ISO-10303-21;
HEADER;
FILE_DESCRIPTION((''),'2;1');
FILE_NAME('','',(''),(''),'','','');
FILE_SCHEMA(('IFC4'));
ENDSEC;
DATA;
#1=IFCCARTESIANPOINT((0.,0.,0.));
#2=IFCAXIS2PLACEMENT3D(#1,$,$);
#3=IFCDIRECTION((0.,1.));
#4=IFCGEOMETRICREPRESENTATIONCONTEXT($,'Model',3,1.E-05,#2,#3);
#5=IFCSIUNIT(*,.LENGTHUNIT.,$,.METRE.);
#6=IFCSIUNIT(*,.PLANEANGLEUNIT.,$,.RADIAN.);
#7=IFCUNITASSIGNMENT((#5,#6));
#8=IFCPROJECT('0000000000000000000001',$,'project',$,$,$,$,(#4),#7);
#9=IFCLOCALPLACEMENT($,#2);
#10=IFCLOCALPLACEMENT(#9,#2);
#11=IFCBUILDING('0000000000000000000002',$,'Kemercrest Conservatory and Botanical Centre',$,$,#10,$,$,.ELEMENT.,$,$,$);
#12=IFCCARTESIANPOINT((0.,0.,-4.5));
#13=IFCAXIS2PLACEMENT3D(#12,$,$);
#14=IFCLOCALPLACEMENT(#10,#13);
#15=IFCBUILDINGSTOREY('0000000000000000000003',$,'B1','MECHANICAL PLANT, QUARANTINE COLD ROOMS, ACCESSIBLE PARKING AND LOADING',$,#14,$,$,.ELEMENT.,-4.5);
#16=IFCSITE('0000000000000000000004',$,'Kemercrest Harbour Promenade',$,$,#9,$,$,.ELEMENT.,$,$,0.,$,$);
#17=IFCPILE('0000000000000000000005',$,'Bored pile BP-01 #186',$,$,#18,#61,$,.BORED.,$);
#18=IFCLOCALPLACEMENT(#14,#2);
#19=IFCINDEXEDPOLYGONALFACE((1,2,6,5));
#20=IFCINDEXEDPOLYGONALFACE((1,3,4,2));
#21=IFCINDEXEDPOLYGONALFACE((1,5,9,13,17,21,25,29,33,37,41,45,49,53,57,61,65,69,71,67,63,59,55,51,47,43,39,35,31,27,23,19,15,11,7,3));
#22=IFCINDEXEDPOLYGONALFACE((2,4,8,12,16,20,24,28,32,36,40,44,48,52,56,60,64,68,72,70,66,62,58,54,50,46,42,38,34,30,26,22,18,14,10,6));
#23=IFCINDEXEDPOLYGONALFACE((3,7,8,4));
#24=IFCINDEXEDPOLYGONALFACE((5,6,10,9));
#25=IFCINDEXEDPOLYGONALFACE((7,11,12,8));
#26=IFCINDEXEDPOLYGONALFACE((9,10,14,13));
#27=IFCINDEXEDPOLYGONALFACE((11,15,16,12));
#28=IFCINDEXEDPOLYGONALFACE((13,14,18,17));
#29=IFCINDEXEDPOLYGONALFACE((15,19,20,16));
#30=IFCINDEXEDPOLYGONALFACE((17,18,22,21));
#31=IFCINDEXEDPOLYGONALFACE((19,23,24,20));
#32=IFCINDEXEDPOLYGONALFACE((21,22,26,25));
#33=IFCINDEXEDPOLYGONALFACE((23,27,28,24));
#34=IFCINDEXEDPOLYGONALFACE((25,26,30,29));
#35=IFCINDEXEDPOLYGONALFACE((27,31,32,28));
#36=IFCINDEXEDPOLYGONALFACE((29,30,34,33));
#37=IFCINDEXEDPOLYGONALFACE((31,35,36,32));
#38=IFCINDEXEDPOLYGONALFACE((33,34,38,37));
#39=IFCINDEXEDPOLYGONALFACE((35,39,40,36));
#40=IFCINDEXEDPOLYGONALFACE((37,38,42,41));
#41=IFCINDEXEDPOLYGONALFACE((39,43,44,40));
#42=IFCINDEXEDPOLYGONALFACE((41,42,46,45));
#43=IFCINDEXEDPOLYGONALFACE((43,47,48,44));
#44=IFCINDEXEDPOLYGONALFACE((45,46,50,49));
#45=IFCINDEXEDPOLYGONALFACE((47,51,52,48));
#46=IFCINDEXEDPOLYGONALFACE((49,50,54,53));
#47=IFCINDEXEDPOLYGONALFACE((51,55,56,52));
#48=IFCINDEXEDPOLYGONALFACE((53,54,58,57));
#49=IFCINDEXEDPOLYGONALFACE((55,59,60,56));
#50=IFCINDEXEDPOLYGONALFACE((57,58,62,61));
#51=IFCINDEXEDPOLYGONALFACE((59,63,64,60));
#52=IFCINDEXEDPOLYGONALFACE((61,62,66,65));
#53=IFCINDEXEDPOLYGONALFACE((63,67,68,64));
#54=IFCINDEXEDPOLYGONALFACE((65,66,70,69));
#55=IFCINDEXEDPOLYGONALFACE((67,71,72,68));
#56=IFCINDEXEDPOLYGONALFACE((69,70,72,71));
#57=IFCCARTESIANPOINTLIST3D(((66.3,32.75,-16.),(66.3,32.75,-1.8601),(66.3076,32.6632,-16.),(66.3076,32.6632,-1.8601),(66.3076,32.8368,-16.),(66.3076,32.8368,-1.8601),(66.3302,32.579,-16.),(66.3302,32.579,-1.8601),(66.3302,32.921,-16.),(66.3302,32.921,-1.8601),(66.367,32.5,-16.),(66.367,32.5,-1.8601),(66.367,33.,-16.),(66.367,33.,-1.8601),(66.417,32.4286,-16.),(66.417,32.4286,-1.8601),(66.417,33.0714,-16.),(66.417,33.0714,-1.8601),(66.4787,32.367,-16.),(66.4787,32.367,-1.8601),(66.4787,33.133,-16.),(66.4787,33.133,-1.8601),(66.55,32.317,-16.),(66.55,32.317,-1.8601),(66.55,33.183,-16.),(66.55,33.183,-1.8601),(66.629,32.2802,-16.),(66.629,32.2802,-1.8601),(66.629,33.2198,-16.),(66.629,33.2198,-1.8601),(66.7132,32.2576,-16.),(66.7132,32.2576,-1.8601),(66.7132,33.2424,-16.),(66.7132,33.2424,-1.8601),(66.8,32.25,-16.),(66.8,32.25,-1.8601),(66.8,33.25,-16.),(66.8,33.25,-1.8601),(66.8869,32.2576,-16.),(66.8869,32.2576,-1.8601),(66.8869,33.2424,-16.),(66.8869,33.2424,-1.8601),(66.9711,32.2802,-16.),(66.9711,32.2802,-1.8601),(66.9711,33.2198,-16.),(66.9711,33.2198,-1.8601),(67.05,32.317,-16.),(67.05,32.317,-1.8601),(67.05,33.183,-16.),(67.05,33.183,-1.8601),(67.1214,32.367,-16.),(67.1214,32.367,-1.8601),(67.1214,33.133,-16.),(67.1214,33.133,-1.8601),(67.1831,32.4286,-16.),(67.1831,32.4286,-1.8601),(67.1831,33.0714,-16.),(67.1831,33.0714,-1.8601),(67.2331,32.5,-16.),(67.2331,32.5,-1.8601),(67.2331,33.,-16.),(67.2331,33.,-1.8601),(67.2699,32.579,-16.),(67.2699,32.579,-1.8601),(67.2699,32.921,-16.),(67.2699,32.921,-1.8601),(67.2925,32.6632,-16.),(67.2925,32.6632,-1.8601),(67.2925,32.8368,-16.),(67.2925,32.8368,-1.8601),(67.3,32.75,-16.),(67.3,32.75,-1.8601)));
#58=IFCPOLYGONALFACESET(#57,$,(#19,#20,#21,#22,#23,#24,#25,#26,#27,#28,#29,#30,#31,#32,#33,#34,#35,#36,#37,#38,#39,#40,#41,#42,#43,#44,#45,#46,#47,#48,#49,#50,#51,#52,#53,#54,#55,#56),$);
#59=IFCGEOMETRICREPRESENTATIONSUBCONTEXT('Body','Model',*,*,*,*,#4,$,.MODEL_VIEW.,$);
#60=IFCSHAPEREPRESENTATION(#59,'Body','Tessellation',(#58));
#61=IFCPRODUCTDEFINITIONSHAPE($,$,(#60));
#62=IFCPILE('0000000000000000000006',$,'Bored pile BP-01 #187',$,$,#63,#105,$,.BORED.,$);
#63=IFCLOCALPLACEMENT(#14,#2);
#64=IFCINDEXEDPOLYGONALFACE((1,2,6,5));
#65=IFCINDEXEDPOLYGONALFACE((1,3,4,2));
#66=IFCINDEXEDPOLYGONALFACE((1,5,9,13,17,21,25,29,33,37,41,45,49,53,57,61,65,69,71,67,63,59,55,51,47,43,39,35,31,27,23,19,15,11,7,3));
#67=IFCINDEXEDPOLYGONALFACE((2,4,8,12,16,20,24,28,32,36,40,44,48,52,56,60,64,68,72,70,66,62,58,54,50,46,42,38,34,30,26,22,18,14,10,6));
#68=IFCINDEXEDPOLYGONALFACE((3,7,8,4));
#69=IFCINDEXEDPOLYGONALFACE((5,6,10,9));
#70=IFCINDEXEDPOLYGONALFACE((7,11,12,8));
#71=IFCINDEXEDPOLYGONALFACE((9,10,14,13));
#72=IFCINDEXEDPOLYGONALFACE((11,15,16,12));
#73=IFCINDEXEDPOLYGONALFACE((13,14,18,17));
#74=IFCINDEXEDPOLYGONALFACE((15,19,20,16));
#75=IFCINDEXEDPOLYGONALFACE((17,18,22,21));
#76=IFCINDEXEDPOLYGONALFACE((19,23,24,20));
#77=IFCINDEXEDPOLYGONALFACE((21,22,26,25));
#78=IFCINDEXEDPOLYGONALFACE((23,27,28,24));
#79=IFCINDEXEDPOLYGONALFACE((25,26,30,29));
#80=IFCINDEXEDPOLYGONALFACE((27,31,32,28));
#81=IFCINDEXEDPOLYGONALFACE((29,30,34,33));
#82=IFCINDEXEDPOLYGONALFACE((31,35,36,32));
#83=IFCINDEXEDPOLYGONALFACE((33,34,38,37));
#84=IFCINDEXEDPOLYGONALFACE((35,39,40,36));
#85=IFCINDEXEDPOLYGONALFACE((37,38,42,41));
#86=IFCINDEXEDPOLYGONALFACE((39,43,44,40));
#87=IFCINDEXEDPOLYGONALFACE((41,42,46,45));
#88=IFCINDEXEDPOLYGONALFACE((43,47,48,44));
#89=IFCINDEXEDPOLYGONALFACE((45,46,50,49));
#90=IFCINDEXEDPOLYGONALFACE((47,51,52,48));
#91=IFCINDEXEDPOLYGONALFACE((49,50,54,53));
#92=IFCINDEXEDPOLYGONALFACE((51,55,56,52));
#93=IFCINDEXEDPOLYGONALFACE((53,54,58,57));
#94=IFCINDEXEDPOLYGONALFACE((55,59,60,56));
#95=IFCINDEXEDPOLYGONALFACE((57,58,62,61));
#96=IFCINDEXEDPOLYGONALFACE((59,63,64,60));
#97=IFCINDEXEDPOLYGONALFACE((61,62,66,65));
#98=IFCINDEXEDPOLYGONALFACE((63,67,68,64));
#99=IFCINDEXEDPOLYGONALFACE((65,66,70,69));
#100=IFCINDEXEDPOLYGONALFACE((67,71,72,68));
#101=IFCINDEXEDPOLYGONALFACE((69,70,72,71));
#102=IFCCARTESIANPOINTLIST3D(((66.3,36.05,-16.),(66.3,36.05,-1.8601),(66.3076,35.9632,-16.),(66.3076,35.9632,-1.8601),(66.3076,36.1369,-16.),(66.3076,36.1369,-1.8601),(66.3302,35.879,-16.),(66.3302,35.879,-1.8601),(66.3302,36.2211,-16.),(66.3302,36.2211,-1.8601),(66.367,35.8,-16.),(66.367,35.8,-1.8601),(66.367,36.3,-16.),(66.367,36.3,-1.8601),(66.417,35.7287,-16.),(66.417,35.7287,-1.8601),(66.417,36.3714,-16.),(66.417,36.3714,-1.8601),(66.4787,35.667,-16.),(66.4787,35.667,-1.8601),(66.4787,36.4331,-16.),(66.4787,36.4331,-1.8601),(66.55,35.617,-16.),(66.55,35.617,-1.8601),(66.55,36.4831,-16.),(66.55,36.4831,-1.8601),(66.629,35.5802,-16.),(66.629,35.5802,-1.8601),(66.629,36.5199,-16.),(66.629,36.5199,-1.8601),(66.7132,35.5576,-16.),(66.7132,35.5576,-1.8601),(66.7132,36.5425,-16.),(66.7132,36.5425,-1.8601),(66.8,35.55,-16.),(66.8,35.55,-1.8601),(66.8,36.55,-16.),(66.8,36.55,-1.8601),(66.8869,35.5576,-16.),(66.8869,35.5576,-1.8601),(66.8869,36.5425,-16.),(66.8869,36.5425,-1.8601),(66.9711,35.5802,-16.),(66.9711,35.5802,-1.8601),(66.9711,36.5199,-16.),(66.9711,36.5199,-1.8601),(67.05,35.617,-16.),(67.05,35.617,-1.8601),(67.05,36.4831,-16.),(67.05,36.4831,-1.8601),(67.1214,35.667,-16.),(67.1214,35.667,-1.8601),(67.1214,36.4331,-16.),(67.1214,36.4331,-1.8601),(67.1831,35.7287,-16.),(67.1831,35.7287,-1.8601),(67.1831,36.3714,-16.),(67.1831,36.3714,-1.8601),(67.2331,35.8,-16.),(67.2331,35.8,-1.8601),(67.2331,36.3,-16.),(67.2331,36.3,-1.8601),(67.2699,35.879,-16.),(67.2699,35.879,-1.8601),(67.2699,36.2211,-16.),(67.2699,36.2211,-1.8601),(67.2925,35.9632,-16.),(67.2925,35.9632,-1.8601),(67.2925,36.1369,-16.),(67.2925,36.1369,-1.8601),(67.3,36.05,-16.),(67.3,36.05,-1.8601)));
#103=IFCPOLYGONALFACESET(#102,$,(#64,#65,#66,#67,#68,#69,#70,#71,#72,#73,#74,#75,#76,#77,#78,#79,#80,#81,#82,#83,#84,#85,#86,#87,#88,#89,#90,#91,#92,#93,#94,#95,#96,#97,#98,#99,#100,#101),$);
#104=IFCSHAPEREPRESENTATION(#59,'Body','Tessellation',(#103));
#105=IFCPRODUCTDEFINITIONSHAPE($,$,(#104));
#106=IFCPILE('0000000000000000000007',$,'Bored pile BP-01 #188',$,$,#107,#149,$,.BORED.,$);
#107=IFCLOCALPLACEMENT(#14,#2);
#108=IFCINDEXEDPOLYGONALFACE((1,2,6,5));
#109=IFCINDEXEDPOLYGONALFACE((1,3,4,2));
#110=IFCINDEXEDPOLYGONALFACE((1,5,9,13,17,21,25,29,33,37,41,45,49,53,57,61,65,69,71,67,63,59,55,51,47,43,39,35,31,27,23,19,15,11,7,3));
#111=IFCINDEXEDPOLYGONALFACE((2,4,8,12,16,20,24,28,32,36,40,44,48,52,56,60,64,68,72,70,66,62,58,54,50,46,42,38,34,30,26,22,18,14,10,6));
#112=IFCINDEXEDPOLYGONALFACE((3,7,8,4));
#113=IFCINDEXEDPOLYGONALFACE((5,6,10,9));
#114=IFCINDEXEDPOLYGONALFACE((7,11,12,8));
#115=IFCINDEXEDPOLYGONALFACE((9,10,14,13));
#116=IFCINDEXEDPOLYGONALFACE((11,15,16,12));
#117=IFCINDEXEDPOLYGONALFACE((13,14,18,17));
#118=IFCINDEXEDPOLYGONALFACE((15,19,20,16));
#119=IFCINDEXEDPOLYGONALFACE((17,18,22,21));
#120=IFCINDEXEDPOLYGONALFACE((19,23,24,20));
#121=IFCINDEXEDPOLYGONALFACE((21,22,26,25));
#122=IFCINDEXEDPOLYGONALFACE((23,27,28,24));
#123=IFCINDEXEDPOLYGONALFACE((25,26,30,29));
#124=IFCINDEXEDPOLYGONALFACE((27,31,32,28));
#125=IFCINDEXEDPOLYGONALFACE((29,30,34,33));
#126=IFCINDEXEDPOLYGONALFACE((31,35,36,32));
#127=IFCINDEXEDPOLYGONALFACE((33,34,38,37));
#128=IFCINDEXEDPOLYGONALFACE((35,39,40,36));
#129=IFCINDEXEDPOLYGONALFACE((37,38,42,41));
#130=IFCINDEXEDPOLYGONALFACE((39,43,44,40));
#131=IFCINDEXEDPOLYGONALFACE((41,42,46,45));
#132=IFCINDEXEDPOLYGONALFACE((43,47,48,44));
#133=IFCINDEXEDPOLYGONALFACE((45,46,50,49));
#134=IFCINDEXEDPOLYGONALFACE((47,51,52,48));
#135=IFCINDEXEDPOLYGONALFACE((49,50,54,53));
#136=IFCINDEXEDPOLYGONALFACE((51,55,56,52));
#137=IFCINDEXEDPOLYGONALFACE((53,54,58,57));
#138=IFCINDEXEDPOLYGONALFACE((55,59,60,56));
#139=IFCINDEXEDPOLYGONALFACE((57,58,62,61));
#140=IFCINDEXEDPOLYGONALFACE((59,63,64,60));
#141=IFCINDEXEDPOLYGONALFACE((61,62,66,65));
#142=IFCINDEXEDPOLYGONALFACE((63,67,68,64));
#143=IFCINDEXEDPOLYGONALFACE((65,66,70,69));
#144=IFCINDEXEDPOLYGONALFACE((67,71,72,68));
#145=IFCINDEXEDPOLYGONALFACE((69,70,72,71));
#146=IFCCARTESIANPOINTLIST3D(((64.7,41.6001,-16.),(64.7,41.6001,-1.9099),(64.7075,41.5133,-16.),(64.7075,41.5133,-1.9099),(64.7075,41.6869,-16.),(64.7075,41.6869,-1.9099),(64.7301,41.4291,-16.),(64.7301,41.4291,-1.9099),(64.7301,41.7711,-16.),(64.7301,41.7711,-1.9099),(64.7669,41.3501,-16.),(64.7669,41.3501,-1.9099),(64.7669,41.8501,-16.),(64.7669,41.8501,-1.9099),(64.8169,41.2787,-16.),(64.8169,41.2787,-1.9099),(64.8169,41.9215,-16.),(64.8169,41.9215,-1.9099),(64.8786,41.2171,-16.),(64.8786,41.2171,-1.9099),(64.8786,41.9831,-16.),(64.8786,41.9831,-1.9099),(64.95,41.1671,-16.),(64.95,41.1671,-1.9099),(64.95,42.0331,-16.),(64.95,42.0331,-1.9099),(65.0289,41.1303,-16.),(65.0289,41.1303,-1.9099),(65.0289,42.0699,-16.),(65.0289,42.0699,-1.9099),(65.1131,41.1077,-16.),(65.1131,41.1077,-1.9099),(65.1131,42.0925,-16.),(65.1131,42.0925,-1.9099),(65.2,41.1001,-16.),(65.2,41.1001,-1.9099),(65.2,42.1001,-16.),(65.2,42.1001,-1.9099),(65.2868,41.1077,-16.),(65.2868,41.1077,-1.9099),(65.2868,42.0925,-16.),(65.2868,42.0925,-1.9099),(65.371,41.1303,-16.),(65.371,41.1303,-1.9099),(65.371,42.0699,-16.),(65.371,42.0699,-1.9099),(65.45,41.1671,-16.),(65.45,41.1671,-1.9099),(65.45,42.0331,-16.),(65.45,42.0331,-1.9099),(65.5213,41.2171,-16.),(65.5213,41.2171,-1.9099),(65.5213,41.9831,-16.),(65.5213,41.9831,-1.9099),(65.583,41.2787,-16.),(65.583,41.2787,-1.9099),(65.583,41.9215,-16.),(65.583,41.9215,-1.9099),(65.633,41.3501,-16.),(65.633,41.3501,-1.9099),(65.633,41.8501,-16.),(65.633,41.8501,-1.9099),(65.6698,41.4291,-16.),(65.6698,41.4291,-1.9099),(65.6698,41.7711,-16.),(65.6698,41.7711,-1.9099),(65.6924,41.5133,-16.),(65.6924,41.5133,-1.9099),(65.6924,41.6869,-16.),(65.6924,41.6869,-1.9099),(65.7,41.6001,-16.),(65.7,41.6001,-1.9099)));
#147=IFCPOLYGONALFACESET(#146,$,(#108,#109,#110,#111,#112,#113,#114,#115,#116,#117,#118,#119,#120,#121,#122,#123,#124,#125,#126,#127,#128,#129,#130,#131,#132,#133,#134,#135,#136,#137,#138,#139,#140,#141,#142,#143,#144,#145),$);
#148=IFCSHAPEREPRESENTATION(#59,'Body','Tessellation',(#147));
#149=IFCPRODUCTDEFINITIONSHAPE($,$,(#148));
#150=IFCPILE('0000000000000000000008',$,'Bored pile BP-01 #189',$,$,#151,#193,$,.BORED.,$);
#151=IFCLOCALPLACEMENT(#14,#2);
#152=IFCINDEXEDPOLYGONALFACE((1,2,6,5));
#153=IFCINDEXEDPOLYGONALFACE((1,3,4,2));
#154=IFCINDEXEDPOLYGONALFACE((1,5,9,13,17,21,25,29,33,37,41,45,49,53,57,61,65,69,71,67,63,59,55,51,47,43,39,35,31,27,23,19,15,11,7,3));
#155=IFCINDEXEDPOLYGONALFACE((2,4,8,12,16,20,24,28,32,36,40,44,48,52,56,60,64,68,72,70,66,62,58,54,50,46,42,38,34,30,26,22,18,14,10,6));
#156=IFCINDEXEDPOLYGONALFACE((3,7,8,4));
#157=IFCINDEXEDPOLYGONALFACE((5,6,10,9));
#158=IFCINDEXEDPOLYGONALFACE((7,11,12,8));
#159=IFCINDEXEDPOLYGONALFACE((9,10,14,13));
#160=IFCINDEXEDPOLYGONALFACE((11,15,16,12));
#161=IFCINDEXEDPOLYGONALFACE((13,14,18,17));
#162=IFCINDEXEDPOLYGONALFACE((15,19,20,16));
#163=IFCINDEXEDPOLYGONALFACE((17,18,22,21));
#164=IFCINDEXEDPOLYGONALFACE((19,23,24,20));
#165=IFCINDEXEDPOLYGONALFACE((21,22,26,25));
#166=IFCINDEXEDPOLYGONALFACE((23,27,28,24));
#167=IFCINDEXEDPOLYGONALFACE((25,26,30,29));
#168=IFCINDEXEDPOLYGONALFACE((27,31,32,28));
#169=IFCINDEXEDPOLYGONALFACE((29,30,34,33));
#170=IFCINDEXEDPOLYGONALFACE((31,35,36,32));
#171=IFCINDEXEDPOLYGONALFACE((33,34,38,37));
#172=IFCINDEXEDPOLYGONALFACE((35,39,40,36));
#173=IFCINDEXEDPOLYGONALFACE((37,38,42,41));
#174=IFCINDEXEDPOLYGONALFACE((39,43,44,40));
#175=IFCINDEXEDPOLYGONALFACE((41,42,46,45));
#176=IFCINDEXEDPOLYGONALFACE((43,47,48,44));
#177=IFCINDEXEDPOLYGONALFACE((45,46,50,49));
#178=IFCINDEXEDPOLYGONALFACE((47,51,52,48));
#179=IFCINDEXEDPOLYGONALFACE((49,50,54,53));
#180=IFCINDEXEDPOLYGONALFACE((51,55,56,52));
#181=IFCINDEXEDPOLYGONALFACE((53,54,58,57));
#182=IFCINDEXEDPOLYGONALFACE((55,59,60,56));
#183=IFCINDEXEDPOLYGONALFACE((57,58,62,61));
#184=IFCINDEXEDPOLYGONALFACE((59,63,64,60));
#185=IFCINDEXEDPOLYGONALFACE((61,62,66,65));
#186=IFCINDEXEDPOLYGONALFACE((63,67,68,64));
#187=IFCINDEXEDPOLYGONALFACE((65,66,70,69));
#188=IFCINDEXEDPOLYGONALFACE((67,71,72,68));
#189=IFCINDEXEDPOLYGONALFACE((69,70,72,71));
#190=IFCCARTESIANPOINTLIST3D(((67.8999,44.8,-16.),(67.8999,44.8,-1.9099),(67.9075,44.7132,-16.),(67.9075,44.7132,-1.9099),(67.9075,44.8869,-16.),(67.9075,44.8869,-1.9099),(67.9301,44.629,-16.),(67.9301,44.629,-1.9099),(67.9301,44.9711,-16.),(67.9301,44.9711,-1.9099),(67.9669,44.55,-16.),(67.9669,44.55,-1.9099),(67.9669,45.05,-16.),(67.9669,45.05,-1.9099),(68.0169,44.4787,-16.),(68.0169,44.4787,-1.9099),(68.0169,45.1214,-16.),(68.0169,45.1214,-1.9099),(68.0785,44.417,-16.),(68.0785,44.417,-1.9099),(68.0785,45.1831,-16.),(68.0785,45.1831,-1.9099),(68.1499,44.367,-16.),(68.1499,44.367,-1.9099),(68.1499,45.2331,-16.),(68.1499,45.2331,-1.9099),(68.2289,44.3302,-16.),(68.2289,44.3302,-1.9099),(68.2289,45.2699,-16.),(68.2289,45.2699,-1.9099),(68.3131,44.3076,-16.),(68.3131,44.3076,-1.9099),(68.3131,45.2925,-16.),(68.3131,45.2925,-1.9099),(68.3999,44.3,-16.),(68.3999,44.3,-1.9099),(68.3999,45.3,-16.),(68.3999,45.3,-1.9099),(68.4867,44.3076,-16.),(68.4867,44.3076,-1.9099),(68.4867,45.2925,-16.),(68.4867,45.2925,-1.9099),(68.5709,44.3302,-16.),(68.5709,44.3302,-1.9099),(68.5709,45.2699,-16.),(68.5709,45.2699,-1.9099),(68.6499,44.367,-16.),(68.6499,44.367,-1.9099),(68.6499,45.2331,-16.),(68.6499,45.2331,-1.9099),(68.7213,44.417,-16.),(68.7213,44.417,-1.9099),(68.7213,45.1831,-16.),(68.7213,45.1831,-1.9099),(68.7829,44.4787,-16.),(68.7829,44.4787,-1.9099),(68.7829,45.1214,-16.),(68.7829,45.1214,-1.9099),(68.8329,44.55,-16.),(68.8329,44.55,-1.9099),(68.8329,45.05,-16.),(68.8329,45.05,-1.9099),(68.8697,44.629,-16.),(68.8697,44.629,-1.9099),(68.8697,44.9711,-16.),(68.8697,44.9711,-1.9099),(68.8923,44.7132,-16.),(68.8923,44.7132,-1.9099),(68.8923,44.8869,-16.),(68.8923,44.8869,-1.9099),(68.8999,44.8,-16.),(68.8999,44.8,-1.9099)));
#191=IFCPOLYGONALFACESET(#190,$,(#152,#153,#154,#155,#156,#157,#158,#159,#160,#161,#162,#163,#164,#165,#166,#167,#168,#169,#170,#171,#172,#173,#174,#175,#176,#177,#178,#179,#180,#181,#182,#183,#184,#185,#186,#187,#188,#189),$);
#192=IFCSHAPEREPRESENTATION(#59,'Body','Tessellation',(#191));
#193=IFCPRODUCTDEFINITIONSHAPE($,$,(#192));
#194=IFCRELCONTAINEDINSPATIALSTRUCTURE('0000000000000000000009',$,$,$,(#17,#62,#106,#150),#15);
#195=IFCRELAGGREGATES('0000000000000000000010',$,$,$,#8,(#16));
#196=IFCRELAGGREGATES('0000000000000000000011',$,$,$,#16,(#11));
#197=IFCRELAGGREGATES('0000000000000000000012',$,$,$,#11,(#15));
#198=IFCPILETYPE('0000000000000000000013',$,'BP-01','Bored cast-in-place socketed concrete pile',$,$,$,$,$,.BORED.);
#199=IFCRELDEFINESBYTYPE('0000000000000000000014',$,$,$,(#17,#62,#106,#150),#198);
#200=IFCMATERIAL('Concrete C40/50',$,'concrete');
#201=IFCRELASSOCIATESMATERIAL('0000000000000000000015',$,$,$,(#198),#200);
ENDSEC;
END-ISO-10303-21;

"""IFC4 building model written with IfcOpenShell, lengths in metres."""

from ifc_helpers import new_model, si_unit, direction, frame, origin, origin_2d, place, context, subcontext, project, spatial, circle, extrude, material, material_profile, profile_set, type_object, element, save


model = new_model("IFC4")

# Units and contexts
model_context = context("Model", 3, precision=1e-05, world=origin(), true_north=direction((0.0, 1.0)))
body_context = subcontext(model_context, "Body", "Model", "MODEL_VIEW")
ifc_project = project(units=[si_unit("LENGTHUNIT", "METRE"), si_unit("PLANEANGLEUNIT", "RADIAN")], contexts=[model_context])

# Site, building, storey
site_placement = place(None, origin())
site = spatial("IfcSite", under=ifc_project, at=site_placement, Name="Kemercrest Harbour Promenade", CompositionType="ELEMENT", RefElevation=0.0)
building_placement = place(site_placement, origin())
building = spatial("IfcBuilding", under=site, at=building_placement, Name="Kemercrest Conservatory and Botanical Centre", CompositionType="ELEMENT")
storey_placement = place(building_placement, frame((0.0, 0.0, -4.5)))
storey = spatial("IfcBuildingStorey", under=building, at=storey_placement, Name="B1", Description="MECHANICAL PLANT, QUARANTINE COLD ROOMS, ACCESSIBLE PARKING AND LOADING", CompositionType="ELEMENT", Elevation=-4.5)

# Piles
ifc_material_1 = material(Name="Concrete C40/50", Category="concrete")
ifc_material_profile_1 = material_profile(ifc_material_1, circle(Radius=0.5, at=origin_2d()), Name="BORED PILE 1000")
ifc_profile_set_1 = profile_set([ifc_material_profile_1], Name="Concrete C40/50")
pile_type_1 = type_object("IfcPileType", Name="BP-01", Description="Bored cast-in-place socketed concrete pile", PredefinedType="BORED", material=ifc_profile_set_1)
for number, where, z_axis, x_axis, name in (
    (1, (66.8, 32.75, -1.8601), (0.0, 0.0, -1.0), (1.0, 0.0, 0.0), "Bored pile BP-01 #186"),
    (2, (66.8, 36.05, -1.8601), (0.0, 0.0, -1.0), (1.0, 0.0, 0.0), "Bored pile BP-01 #187"),
):
    element("IfcPile", number, at=place(storey_placement, frame(where, z_axis=z_axis, x_axis=x_axis)), inside=storey, type_object=pile_type_1, Name=name, PredefinedType="BORED", context=body_context, shape_type="SweptSolid", body=[
        extrude(circle(Radius=0.5, at=origin_2d()), origin(), (0.0, 0.0, 1.0), 14.1399),
    ])
for number, where, z_axis, x_axis, name in (
    (3, (65.2, 41.6001, -1.9099), (0.0, 0.0, -1.0), (1.0, 0.0, 0.0), "Bored pile BP-01 #188"),
    (4, (68.3999, 44.8, -1.9099), (0.0, 0.0, -1.0), (1.0, 0.0, 0.0), "Bored pile BP-01 #189"),
):
    element("IfcPile", number, at=place(storey_placement, frame(where, z_axis=z_axis, x_axis=x_axis)), inside=storey, type_object=pile_type_1, Name=name, PredefinedType="BORED", context=body_context, shape_type="SweptSolid", body=[
        extrude(circle(Radius=0.5, at=origin_2d()), origin(), (0.0, 0.0, 1.0), 14.0901),
    ])

save(model, "model.ifc")
